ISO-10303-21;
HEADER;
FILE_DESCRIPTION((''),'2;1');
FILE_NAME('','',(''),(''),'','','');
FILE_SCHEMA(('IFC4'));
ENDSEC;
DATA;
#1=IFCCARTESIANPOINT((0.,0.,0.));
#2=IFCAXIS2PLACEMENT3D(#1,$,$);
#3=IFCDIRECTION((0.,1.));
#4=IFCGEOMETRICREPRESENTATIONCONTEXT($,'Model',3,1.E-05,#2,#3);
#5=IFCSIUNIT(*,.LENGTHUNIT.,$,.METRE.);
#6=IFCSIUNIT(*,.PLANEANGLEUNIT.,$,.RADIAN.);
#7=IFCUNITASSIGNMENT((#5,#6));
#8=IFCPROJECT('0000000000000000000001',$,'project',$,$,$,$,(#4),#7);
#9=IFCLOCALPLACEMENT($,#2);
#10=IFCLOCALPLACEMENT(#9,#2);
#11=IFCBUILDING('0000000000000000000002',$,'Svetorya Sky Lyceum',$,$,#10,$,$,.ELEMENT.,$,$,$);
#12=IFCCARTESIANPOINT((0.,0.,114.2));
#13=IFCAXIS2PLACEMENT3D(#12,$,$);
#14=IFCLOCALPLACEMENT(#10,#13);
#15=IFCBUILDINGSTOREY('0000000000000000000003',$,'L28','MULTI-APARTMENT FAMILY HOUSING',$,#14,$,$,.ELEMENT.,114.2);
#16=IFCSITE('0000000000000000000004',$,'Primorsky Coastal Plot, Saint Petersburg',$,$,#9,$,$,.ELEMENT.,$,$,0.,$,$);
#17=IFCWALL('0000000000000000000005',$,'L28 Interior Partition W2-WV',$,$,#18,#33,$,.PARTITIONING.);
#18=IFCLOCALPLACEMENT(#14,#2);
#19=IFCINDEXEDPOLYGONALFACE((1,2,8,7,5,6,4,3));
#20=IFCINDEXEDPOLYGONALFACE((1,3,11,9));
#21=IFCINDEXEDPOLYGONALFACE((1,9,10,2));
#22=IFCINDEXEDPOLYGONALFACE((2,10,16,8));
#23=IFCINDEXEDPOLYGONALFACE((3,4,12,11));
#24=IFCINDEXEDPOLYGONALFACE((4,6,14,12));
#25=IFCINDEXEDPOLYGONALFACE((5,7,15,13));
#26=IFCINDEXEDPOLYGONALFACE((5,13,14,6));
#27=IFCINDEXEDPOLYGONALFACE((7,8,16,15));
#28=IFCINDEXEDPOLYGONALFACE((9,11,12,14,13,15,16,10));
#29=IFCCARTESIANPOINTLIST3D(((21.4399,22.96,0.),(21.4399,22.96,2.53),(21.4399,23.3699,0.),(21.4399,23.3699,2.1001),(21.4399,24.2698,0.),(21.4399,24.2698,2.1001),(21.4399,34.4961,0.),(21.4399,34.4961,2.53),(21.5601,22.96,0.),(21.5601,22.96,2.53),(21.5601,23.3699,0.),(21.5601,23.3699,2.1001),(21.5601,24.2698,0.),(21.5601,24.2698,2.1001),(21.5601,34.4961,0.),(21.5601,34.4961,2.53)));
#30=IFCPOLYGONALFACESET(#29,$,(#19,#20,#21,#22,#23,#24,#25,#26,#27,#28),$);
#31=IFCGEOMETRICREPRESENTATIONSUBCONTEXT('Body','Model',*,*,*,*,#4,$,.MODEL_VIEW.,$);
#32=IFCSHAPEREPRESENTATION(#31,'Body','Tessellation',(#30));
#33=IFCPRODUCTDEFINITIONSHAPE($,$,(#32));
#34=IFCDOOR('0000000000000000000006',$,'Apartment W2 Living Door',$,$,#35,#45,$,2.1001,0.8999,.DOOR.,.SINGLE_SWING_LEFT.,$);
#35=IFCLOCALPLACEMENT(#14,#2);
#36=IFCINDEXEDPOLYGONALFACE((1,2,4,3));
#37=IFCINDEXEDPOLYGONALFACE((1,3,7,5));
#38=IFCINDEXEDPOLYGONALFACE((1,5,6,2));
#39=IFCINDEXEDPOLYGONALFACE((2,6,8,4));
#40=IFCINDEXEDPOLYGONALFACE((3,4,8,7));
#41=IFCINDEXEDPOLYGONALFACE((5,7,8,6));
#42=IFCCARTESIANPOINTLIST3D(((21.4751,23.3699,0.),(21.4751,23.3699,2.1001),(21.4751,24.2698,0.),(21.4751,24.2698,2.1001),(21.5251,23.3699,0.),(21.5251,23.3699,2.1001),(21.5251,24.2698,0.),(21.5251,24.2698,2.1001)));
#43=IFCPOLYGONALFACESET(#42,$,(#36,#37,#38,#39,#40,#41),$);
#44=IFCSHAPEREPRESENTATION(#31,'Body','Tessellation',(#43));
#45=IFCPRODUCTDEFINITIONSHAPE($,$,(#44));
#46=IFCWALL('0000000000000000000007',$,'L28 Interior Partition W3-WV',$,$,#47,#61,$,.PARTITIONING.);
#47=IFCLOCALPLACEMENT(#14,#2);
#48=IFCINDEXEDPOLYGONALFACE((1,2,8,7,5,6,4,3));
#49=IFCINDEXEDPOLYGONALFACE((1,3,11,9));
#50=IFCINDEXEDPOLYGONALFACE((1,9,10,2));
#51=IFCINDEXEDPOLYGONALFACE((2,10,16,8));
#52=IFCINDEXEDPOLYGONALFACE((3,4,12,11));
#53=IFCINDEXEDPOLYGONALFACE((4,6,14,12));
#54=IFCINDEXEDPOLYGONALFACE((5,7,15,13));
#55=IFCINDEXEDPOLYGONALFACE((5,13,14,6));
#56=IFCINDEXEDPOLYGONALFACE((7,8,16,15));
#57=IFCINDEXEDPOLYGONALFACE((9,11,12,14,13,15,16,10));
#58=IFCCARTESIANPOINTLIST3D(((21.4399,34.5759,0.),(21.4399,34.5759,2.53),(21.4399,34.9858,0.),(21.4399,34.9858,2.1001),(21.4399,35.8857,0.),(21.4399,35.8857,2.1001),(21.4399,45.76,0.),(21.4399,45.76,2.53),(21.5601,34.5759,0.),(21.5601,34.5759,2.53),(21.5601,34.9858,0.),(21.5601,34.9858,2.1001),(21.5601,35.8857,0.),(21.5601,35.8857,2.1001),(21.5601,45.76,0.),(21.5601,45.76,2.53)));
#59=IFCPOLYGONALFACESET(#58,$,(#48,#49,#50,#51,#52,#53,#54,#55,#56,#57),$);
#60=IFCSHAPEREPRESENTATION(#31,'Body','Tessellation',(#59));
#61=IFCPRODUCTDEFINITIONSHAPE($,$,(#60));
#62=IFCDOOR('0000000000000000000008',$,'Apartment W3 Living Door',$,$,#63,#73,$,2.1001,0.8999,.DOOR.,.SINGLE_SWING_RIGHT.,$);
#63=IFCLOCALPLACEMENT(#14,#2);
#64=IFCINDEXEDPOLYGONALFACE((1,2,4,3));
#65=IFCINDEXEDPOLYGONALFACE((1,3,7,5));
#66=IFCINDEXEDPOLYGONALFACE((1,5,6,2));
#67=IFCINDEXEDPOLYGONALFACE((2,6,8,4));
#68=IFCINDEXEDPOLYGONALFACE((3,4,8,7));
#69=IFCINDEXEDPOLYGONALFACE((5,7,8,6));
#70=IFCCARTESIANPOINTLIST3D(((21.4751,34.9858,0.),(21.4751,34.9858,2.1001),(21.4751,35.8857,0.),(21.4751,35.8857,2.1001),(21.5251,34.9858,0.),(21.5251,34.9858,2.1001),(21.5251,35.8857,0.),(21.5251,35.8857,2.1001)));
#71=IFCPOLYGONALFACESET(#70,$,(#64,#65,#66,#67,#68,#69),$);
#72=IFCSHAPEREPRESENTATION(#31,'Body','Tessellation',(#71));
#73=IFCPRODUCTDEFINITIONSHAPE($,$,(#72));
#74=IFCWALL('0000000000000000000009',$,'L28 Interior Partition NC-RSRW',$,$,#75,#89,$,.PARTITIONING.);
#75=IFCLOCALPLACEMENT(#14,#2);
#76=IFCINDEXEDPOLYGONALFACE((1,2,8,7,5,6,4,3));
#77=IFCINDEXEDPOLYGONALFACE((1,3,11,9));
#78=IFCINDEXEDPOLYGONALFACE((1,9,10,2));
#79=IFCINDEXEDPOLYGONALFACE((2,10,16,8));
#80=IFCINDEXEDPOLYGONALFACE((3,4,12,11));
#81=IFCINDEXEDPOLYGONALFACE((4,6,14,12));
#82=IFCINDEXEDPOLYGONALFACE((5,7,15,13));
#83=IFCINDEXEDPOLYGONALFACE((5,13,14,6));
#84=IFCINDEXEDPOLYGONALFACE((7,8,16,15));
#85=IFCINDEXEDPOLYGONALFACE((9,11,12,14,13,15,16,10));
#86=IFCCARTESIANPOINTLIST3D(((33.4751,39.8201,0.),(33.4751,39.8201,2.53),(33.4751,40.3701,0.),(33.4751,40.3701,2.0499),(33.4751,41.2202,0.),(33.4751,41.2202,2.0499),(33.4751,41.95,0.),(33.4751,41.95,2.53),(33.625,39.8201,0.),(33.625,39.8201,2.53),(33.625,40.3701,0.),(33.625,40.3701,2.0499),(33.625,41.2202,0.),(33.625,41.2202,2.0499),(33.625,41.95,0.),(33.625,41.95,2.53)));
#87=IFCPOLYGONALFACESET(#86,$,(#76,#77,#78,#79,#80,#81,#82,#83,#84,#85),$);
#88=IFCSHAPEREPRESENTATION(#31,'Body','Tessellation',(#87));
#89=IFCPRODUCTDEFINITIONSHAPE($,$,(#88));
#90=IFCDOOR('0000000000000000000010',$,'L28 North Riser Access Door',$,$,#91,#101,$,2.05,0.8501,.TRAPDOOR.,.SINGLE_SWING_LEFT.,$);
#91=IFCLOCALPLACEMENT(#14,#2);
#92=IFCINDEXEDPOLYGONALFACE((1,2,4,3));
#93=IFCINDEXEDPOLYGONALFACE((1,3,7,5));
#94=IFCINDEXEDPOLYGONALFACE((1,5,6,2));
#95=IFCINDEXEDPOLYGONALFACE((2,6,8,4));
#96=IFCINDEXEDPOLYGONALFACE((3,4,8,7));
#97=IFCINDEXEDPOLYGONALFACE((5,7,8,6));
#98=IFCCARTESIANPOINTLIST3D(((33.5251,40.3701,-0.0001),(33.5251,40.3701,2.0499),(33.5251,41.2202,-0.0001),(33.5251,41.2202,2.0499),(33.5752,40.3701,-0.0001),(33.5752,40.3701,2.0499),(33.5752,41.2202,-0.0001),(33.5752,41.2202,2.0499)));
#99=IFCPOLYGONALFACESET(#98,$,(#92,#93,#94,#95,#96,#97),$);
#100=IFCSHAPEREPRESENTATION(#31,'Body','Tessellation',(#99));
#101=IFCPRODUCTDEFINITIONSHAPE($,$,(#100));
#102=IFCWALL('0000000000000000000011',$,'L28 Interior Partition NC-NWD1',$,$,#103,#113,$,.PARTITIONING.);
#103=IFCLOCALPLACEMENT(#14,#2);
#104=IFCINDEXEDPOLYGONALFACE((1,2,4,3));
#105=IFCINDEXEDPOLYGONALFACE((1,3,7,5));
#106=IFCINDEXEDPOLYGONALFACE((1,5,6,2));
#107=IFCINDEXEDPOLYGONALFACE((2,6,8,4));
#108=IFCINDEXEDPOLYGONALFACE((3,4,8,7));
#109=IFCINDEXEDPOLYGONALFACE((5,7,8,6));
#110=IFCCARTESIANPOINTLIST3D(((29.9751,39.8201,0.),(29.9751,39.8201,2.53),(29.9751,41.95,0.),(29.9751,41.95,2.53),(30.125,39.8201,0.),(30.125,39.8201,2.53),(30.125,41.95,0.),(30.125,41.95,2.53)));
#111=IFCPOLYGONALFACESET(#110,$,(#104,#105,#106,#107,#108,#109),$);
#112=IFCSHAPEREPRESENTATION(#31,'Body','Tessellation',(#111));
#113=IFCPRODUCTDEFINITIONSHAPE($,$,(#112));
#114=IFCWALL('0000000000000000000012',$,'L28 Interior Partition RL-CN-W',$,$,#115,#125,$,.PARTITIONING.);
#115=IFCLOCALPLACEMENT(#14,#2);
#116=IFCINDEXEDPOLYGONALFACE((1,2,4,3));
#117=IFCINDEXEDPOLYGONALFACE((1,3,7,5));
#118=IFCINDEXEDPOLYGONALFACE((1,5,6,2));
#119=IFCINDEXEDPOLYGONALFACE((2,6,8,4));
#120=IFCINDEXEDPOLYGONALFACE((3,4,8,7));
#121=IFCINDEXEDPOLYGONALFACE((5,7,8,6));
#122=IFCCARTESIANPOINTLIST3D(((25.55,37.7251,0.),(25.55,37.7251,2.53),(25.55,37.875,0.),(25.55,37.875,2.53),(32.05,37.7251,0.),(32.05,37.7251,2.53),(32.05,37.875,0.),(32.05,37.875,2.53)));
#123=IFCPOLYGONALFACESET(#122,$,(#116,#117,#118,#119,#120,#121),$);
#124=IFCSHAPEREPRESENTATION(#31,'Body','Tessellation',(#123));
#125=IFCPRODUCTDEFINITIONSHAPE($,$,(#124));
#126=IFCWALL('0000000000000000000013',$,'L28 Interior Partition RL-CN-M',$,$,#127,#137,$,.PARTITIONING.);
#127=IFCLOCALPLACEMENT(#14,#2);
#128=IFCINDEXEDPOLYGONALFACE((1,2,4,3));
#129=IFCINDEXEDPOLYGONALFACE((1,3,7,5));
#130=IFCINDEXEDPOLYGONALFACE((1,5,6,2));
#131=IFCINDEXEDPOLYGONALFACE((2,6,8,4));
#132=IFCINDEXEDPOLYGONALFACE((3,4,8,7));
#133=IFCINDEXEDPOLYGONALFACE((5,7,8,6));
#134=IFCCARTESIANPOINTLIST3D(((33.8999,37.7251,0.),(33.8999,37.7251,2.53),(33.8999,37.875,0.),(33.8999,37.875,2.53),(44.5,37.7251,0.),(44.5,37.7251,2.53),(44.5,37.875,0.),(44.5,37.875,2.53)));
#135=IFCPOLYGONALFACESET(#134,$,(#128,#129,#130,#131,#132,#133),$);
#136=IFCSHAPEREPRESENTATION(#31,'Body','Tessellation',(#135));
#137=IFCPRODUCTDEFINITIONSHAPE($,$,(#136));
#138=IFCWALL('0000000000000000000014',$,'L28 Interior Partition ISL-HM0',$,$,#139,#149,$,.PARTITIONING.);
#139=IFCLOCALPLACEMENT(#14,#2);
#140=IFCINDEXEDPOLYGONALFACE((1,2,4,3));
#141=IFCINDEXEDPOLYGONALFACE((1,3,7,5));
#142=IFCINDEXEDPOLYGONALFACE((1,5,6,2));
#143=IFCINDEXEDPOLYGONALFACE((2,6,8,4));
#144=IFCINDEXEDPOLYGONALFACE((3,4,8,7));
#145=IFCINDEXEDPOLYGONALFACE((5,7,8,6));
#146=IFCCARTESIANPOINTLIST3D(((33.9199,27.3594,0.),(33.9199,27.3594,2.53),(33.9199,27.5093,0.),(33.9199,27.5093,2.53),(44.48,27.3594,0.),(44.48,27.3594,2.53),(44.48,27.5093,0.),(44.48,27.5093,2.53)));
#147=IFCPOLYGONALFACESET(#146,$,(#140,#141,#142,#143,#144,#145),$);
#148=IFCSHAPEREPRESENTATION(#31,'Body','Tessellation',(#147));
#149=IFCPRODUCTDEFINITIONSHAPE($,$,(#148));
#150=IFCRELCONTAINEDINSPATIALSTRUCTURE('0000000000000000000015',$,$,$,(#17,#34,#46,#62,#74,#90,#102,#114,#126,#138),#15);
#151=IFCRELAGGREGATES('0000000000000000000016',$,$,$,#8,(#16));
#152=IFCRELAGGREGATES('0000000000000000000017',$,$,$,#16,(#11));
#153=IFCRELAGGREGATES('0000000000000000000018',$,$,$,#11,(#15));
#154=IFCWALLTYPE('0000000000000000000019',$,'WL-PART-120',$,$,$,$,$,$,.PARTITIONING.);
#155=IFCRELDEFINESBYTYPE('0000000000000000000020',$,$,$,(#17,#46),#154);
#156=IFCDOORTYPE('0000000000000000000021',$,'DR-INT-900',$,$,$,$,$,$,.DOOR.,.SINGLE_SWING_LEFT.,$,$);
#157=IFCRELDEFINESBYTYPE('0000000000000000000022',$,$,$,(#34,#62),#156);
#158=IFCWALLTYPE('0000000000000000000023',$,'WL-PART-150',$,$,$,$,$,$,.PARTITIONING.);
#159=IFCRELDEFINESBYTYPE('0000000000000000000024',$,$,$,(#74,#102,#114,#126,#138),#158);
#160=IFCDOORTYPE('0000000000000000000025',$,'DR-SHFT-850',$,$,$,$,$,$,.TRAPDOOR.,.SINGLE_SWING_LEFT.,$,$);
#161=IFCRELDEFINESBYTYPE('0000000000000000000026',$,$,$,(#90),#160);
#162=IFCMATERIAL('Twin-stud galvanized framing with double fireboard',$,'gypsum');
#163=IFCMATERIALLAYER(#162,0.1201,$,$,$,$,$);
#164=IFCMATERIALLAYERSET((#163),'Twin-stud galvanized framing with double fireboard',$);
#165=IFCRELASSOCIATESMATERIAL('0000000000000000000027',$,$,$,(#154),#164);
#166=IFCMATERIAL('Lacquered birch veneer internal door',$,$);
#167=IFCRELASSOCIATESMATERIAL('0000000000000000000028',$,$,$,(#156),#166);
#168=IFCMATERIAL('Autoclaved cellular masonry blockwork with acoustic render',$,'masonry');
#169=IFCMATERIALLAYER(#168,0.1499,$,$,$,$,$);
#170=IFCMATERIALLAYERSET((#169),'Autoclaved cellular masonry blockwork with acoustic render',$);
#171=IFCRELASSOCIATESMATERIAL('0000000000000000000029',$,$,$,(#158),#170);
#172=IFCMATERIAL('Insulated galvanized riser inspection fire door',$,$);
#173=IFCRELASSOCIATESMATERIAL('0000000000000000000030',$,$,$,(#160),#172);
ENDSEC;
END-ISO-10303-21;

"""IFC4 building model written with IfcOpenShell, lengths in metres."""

from ifc_helpers import new_model, si_unit, direction, frame, frame_2d, origin, place, context, subcontext, project, spatial, rectangle, extrude, material, layer, layer_set, type_object, element, fill, save


model = new_model("IFC4")

# Units and contexts
model_context = context("Model", 3, precision=1e-05, world=origin(), true_north=direction((0.0, 1.0)))
body_context = subcontext(model_context, "Body", "Model", "MODEL_VIEW")
ifc_project = project(units=[si_unit("LENGTHUNIT", "METRE"), si_unit("PLANEANGLEUNIT", "RADIAN")], contexts=[model_context])

# Site, building, storey
site_placement = place(None, origin())
site = spatial("IfcSite", under=ifc_project, at=site_placement, Name="Primorsky Coastal Plot, Saint Petersburg", CompositionType="ELEMENT", RefElevation=0.0)
building_placement = place(site_placement, origin())
building = spatial("IfcBuilding", under=site, at=building_placement, Name="Svetorya Sky Lyceum", CompositionType="ELEMENT")
storey_placement = place(building_placement, frame((0.0, 0.0, 114.2)))
storey = spatial("IfcBuildingStorey", under=building, at=storey_placement, Name="L28", Description="MULTI-APARTMENT FAMILY HOUSING", CompositionType="ELEMENT", Elevation=114.2)

# Walls, openings, doors
ifc_material_1 = material(Name="Twin-stud galvanized framing with double fireboard", Category="gypsum")
ifc_layer_1 = layer(ifc_material_1, 0.1201)
ifc_layer_set_1 = layer_set([ifc_layer_1], Name="Twin-stud galvanized framing with double fireboard")
wall_type_1 = type_object("IfcWallType", Name="WL-PART-120", PredefinedType="PARTITIONING", material=ifc_layer_set_1)
wall_1_placement = place(storey_placement, frame((21.5, 22.96, 0.0), z_axis=(0.0, 0.0, 1.0), x_axis=(0.0, 1.0, 0.0)))
wall_1 = element("IfcWall", 1, at=wall_1_placement, inside=storey, type_object=wall_type_1, Name="L28 Interior Partition W2-WV", PredefinedType="PARTITIONING", context=body_context, shape_type="SweptSolid", body=[
    extrude(rectangle(XDim=11.5361, YDim=0.1201, at=frame_2d((5.7681, 0.0))), origin(), (0.0, 0.0, 1.0), 2.53),
])
opening_1_placement = place(wall_1_placement, frame((0.4099, 0.0, 0.0)))
opening_1 = element("IfcOpeningElement", 2, at=opening_1_placement, cuts=wall_1, PredefinedType="OPENING", context=body_context, shape_type="SweptSolid", body=[
    extrude(rectangle(XDim=0.8999, YDim=2.1001, at=frame_2d((0.45, 1.05))), frame((0.0, 0.0701, 0.0), z_axis=(0.0, -1.0, 0.0), x_axis=(1.0, 0.0, 0.0)), (0.0, 0.0, 1.0), 0.1401),
])
ifc_material_2 = material(Name="Lacquered birch veneer internal door")
door_type_1 = type_object("IfcDoorType", Name="DR-INT-900", OperationType="SINGLE_SWING_LEFT", PredefinedType="DOOR", material=ifc_material_2)
door_1_placement = place(opening_1_placement, origin())
door_1 = element("IfcDoor", 3, at=door_1_placement, inside=storey, type_object=door_type_1, Name="Apartment W2 Living Door", OperationType="SINGLE_SWING_LEFT", OverallHeight=2.1001, OverallWidth=0.8999, PredefinedType="DOOR", context=body_context, shape_type="SweptSolid", body=[
    extrude(rectangle(XDim=0.8999, YDim=2.1001, at=frame_2d((0.45, 1.05))), frame((0.0, 0.0249, 0.0), z_axis=(0.0, -1.0, 0.0), x_axis=(1.0, 0.0, 0.0)), (0.0, 0.0, 1.0), 0.05),
])
fill(opening_1, door_1)
wall_2_placement = place(storey_placement, frame((21.5, 34.5759, 0.0), z_axis=(0.0, 0.0, 1.0), x_axis=(0.0, 1.0, 0.0)))
wall_2 = element("IfcWall", 4, at=wall_2_placement, inside=storey, type_object=wall_type_1, Name="L28 Interior Partition W3-WV", PredefinedType="PARTITIONING", context=body_context, shape_type="SweptSolid", body=[
    extrude(rectangle(XDim=11.1841, YDim=0.1201, at=frame_2d((5.592, 0.0))), origin(), (0.0, 0.0, 1.0), 2.53),
])
opening_2_placement = place(wall_2_placement, frame((0.4099, 0.0, 0.0)))
opening_2 = element("IfcOpeningElement", 5, at=opening_2_placement, cuts=wall_2, PredefinedType="OPENING", context=body_context, shape_type="SweptSolid", body=[
    extrude(rectangle(XDim=0.8999, YDim=2.1001, at=frame_2d((0.45, 1.05))), frame((0.0, 0.0701, 0.0), z_axis=(0.0, -1.0, 0.0), x_axis=(1.0, 0.0, 0.0)), (0.0, 0.0, 1.0), 0.1401),
])
door_2_placement = place(opening_2_placement, origin())
door_2 = element("IfcDoor", 6, at=door_2_placement, inside=storey, type_object=door_type_1, Name="Apartment W3 Living Door", OperationType="SINGLE_SWING_RIGHT", OverallHeight=2.1001, OverallWidth=0.8999, PredefinedType="DOOR", context=body_context, shape_type="SweptSolid", body=[
    extrude(rectangle(XDim=0.8999, YDim=2.1001, at=frame_2d((0.45, 1.05))), frame((0.0, 0.0249, 0.0), z_axis=(0.0, -1.0, 0.0), x_axis=(1.0, 0.0, 0.0)), (0.0, 0.0, 1.0), 0.05),
])
fill(opening_2, door_2)
ifc_material_3 = material(Name="Autoclaved cellular masonry blockwork with acoustic render", Category="masonry")
ifc_layer_2 = layer(ifc_material_3, 0.1499)
ifc_layer_set_2 = layer_set([ifc_layer_2], Name="Autoclaved cellular masonry blockwork with acoustic render")
wall_type_2 = type_object("IfcWallType", Name="WL-PART-150", PredefinedType="PARTITIONING", material=ifc_layer_set_2)
wall_3_placement = place(storey_placement, frame((33.55, 39.8201, 0.0), z_axis=(0.0, 0.0, 1.0), x_axis=(0.0, 1.0, 0.0)))
wall_3 = element("IfcWall", 7, at=wall_3_placement, inside=storey, type_object=wall_type_2, Name="L28 Interior Partition NC-RSRW", PredefinedType="PARTITIONING", context=body_context, shape_type="SweptSolid", body=[
    extrude(rectangle(XDim=2.1299, YDim=0.1499, at=frame_2d((1.0649, 0.0))), origin(), (0.0, 0.0, 1.0), 2.53),
])
opening_3_placement = place(wall_3_placement, frame((0.55, 0.0, 0.0)))
opening_3 = element("IfcOpeningElement", 8, at=opening_3_placement, cuts=wall_3, PredefinedType="OPENING", context=body_context, shape_type="SweptSolid", body=[
    extrude(rectangle(XDim=0.8501, YDim=2.05, at=frame_2d((0.425, 1.0249))), frame((0.0, 0.085, 0.0), z_axis=(0.0, -1.0, 0.0), x_axis=(1.0, 0.0, 0.0)), (0.0, 0.0, 1.0), 0.1699),
])
ifc_material_4 = material(Name="Insulated galvanized riser inspection fire door")
door_type_2 = type_object("IfcDoorType", Name="DR-SHFT-850", OperationType="SINGLE_SWING_LEFT", PredefinedType="TRAPDOOR", material=ifc_material_4)
door_3_placement = place(opening_3_placement, origin())
door_3 = element("IfcDoor", 9, at=door_3_placement, inside=storey, type_object=door_type_2, Name="L28 North Riser Access Door", OperationType="SINGLE_SWING_LEFT", OverallHeight=2.05, OverallWidth=0.8501, PredefinedType="TRAPDOOR", context=body_context, shape_type="SweptSolid", body=[
    extrude(rectangle(XDim=0.8501, YDim=2.05, at=frame_2d((0.425, 1.0249))), frame((0.0, 0.0249, 0.0), z_axis=(0.0, -1.0, 0.0), x_axis=(1.0, 0.0, 0.0)), (0.0, 0.0, 1.0), 0.05),
])
fill(opening_3, door_3)

# Walls
wall_4_placement = place(storey_placement, frame((30.05, 39.8201, 0.0), z_axis=(0.0, 0.0, 1.0), x_axis=(0.0, 1.0, 0.0)))
element("IfcWall", 10, at=wall_4_placement, inside=storey, type_object=wall_type_2, Name="L28 Interior Partition NC-NWD1", PredefinedType="PARTITIONING", context=body_context, shape_type="SweptSolid", body=[
    extrude(rectangle(XDim=2.1299, YDim=0.1499, at=frame_2d((1.0649, 0.0))), origin(), (0.0, 0.0, 1.0), 2.53),
])
wall_5_placement = place(storey_placement, frame((25.55, 37.8, 0.0), z_axis=(0.0, 0.0, 1.0), x_axis=(1.0, 0.0, 0.0)))
element("IfcWall", 11, at=wall_5_placement, inside=storey, type_object=wall_type_2, Name="L28 Interior Partition RL-CN-W", PredefinedType="PARTITIONING", context=body_context, shape_type="SweptSolid", body=[
    extrude(rectangle(XDim=6.5, YDim=0.1499, at=frame_2d((3.25, 0.0))), origin(), (0.0, 0.0, 1.0), 2.53),
])
wall_6_placement = place(storey_placement, frame((33.8999, 37.8, 0.0), z_axis=(0.0, 0.0, 1.0), x_axis=(1.0, 0.0, 0.0)))
element("IfcWall", 12, at=wall_6_placement, inside=storey, type_object=wall_type_2, Name="L28 Interior Partition RL-CN-M", PredefinedType="PARTITIONING", context=body_context, shape_type="SweptSolid", body=[
    extrude(rectangle(XDim=10.6001, YDim=0.1499, at=frame_2d((5.3, 0.0))), origin(), (0.0, 0.0, 1.0), 2.53),
])
wall_7_placement = place(storey_placement, frame((33.9199, 27.4343, 0.0), z_axis=(0.0, 0.0, 1.0), x_axis=(1.0, 0.0, 0.0)))
element("IfcWall", 13, at=wall_7_placement, inside=storey, type_object=wall_type_2, Name="L28 Interior Partition ISL-HM0", PredefinedType="PARTITIONING", context=body_context, shape_type="SweptSolid", body=[
    extrude(rectangle(XDim=10.5601, YDim=0.1499, at=frame_2d((5.28, 0.0))), origin(), (0.0, 0.0, 1.0), 2.53),
])

save(model, "model.ifc")
